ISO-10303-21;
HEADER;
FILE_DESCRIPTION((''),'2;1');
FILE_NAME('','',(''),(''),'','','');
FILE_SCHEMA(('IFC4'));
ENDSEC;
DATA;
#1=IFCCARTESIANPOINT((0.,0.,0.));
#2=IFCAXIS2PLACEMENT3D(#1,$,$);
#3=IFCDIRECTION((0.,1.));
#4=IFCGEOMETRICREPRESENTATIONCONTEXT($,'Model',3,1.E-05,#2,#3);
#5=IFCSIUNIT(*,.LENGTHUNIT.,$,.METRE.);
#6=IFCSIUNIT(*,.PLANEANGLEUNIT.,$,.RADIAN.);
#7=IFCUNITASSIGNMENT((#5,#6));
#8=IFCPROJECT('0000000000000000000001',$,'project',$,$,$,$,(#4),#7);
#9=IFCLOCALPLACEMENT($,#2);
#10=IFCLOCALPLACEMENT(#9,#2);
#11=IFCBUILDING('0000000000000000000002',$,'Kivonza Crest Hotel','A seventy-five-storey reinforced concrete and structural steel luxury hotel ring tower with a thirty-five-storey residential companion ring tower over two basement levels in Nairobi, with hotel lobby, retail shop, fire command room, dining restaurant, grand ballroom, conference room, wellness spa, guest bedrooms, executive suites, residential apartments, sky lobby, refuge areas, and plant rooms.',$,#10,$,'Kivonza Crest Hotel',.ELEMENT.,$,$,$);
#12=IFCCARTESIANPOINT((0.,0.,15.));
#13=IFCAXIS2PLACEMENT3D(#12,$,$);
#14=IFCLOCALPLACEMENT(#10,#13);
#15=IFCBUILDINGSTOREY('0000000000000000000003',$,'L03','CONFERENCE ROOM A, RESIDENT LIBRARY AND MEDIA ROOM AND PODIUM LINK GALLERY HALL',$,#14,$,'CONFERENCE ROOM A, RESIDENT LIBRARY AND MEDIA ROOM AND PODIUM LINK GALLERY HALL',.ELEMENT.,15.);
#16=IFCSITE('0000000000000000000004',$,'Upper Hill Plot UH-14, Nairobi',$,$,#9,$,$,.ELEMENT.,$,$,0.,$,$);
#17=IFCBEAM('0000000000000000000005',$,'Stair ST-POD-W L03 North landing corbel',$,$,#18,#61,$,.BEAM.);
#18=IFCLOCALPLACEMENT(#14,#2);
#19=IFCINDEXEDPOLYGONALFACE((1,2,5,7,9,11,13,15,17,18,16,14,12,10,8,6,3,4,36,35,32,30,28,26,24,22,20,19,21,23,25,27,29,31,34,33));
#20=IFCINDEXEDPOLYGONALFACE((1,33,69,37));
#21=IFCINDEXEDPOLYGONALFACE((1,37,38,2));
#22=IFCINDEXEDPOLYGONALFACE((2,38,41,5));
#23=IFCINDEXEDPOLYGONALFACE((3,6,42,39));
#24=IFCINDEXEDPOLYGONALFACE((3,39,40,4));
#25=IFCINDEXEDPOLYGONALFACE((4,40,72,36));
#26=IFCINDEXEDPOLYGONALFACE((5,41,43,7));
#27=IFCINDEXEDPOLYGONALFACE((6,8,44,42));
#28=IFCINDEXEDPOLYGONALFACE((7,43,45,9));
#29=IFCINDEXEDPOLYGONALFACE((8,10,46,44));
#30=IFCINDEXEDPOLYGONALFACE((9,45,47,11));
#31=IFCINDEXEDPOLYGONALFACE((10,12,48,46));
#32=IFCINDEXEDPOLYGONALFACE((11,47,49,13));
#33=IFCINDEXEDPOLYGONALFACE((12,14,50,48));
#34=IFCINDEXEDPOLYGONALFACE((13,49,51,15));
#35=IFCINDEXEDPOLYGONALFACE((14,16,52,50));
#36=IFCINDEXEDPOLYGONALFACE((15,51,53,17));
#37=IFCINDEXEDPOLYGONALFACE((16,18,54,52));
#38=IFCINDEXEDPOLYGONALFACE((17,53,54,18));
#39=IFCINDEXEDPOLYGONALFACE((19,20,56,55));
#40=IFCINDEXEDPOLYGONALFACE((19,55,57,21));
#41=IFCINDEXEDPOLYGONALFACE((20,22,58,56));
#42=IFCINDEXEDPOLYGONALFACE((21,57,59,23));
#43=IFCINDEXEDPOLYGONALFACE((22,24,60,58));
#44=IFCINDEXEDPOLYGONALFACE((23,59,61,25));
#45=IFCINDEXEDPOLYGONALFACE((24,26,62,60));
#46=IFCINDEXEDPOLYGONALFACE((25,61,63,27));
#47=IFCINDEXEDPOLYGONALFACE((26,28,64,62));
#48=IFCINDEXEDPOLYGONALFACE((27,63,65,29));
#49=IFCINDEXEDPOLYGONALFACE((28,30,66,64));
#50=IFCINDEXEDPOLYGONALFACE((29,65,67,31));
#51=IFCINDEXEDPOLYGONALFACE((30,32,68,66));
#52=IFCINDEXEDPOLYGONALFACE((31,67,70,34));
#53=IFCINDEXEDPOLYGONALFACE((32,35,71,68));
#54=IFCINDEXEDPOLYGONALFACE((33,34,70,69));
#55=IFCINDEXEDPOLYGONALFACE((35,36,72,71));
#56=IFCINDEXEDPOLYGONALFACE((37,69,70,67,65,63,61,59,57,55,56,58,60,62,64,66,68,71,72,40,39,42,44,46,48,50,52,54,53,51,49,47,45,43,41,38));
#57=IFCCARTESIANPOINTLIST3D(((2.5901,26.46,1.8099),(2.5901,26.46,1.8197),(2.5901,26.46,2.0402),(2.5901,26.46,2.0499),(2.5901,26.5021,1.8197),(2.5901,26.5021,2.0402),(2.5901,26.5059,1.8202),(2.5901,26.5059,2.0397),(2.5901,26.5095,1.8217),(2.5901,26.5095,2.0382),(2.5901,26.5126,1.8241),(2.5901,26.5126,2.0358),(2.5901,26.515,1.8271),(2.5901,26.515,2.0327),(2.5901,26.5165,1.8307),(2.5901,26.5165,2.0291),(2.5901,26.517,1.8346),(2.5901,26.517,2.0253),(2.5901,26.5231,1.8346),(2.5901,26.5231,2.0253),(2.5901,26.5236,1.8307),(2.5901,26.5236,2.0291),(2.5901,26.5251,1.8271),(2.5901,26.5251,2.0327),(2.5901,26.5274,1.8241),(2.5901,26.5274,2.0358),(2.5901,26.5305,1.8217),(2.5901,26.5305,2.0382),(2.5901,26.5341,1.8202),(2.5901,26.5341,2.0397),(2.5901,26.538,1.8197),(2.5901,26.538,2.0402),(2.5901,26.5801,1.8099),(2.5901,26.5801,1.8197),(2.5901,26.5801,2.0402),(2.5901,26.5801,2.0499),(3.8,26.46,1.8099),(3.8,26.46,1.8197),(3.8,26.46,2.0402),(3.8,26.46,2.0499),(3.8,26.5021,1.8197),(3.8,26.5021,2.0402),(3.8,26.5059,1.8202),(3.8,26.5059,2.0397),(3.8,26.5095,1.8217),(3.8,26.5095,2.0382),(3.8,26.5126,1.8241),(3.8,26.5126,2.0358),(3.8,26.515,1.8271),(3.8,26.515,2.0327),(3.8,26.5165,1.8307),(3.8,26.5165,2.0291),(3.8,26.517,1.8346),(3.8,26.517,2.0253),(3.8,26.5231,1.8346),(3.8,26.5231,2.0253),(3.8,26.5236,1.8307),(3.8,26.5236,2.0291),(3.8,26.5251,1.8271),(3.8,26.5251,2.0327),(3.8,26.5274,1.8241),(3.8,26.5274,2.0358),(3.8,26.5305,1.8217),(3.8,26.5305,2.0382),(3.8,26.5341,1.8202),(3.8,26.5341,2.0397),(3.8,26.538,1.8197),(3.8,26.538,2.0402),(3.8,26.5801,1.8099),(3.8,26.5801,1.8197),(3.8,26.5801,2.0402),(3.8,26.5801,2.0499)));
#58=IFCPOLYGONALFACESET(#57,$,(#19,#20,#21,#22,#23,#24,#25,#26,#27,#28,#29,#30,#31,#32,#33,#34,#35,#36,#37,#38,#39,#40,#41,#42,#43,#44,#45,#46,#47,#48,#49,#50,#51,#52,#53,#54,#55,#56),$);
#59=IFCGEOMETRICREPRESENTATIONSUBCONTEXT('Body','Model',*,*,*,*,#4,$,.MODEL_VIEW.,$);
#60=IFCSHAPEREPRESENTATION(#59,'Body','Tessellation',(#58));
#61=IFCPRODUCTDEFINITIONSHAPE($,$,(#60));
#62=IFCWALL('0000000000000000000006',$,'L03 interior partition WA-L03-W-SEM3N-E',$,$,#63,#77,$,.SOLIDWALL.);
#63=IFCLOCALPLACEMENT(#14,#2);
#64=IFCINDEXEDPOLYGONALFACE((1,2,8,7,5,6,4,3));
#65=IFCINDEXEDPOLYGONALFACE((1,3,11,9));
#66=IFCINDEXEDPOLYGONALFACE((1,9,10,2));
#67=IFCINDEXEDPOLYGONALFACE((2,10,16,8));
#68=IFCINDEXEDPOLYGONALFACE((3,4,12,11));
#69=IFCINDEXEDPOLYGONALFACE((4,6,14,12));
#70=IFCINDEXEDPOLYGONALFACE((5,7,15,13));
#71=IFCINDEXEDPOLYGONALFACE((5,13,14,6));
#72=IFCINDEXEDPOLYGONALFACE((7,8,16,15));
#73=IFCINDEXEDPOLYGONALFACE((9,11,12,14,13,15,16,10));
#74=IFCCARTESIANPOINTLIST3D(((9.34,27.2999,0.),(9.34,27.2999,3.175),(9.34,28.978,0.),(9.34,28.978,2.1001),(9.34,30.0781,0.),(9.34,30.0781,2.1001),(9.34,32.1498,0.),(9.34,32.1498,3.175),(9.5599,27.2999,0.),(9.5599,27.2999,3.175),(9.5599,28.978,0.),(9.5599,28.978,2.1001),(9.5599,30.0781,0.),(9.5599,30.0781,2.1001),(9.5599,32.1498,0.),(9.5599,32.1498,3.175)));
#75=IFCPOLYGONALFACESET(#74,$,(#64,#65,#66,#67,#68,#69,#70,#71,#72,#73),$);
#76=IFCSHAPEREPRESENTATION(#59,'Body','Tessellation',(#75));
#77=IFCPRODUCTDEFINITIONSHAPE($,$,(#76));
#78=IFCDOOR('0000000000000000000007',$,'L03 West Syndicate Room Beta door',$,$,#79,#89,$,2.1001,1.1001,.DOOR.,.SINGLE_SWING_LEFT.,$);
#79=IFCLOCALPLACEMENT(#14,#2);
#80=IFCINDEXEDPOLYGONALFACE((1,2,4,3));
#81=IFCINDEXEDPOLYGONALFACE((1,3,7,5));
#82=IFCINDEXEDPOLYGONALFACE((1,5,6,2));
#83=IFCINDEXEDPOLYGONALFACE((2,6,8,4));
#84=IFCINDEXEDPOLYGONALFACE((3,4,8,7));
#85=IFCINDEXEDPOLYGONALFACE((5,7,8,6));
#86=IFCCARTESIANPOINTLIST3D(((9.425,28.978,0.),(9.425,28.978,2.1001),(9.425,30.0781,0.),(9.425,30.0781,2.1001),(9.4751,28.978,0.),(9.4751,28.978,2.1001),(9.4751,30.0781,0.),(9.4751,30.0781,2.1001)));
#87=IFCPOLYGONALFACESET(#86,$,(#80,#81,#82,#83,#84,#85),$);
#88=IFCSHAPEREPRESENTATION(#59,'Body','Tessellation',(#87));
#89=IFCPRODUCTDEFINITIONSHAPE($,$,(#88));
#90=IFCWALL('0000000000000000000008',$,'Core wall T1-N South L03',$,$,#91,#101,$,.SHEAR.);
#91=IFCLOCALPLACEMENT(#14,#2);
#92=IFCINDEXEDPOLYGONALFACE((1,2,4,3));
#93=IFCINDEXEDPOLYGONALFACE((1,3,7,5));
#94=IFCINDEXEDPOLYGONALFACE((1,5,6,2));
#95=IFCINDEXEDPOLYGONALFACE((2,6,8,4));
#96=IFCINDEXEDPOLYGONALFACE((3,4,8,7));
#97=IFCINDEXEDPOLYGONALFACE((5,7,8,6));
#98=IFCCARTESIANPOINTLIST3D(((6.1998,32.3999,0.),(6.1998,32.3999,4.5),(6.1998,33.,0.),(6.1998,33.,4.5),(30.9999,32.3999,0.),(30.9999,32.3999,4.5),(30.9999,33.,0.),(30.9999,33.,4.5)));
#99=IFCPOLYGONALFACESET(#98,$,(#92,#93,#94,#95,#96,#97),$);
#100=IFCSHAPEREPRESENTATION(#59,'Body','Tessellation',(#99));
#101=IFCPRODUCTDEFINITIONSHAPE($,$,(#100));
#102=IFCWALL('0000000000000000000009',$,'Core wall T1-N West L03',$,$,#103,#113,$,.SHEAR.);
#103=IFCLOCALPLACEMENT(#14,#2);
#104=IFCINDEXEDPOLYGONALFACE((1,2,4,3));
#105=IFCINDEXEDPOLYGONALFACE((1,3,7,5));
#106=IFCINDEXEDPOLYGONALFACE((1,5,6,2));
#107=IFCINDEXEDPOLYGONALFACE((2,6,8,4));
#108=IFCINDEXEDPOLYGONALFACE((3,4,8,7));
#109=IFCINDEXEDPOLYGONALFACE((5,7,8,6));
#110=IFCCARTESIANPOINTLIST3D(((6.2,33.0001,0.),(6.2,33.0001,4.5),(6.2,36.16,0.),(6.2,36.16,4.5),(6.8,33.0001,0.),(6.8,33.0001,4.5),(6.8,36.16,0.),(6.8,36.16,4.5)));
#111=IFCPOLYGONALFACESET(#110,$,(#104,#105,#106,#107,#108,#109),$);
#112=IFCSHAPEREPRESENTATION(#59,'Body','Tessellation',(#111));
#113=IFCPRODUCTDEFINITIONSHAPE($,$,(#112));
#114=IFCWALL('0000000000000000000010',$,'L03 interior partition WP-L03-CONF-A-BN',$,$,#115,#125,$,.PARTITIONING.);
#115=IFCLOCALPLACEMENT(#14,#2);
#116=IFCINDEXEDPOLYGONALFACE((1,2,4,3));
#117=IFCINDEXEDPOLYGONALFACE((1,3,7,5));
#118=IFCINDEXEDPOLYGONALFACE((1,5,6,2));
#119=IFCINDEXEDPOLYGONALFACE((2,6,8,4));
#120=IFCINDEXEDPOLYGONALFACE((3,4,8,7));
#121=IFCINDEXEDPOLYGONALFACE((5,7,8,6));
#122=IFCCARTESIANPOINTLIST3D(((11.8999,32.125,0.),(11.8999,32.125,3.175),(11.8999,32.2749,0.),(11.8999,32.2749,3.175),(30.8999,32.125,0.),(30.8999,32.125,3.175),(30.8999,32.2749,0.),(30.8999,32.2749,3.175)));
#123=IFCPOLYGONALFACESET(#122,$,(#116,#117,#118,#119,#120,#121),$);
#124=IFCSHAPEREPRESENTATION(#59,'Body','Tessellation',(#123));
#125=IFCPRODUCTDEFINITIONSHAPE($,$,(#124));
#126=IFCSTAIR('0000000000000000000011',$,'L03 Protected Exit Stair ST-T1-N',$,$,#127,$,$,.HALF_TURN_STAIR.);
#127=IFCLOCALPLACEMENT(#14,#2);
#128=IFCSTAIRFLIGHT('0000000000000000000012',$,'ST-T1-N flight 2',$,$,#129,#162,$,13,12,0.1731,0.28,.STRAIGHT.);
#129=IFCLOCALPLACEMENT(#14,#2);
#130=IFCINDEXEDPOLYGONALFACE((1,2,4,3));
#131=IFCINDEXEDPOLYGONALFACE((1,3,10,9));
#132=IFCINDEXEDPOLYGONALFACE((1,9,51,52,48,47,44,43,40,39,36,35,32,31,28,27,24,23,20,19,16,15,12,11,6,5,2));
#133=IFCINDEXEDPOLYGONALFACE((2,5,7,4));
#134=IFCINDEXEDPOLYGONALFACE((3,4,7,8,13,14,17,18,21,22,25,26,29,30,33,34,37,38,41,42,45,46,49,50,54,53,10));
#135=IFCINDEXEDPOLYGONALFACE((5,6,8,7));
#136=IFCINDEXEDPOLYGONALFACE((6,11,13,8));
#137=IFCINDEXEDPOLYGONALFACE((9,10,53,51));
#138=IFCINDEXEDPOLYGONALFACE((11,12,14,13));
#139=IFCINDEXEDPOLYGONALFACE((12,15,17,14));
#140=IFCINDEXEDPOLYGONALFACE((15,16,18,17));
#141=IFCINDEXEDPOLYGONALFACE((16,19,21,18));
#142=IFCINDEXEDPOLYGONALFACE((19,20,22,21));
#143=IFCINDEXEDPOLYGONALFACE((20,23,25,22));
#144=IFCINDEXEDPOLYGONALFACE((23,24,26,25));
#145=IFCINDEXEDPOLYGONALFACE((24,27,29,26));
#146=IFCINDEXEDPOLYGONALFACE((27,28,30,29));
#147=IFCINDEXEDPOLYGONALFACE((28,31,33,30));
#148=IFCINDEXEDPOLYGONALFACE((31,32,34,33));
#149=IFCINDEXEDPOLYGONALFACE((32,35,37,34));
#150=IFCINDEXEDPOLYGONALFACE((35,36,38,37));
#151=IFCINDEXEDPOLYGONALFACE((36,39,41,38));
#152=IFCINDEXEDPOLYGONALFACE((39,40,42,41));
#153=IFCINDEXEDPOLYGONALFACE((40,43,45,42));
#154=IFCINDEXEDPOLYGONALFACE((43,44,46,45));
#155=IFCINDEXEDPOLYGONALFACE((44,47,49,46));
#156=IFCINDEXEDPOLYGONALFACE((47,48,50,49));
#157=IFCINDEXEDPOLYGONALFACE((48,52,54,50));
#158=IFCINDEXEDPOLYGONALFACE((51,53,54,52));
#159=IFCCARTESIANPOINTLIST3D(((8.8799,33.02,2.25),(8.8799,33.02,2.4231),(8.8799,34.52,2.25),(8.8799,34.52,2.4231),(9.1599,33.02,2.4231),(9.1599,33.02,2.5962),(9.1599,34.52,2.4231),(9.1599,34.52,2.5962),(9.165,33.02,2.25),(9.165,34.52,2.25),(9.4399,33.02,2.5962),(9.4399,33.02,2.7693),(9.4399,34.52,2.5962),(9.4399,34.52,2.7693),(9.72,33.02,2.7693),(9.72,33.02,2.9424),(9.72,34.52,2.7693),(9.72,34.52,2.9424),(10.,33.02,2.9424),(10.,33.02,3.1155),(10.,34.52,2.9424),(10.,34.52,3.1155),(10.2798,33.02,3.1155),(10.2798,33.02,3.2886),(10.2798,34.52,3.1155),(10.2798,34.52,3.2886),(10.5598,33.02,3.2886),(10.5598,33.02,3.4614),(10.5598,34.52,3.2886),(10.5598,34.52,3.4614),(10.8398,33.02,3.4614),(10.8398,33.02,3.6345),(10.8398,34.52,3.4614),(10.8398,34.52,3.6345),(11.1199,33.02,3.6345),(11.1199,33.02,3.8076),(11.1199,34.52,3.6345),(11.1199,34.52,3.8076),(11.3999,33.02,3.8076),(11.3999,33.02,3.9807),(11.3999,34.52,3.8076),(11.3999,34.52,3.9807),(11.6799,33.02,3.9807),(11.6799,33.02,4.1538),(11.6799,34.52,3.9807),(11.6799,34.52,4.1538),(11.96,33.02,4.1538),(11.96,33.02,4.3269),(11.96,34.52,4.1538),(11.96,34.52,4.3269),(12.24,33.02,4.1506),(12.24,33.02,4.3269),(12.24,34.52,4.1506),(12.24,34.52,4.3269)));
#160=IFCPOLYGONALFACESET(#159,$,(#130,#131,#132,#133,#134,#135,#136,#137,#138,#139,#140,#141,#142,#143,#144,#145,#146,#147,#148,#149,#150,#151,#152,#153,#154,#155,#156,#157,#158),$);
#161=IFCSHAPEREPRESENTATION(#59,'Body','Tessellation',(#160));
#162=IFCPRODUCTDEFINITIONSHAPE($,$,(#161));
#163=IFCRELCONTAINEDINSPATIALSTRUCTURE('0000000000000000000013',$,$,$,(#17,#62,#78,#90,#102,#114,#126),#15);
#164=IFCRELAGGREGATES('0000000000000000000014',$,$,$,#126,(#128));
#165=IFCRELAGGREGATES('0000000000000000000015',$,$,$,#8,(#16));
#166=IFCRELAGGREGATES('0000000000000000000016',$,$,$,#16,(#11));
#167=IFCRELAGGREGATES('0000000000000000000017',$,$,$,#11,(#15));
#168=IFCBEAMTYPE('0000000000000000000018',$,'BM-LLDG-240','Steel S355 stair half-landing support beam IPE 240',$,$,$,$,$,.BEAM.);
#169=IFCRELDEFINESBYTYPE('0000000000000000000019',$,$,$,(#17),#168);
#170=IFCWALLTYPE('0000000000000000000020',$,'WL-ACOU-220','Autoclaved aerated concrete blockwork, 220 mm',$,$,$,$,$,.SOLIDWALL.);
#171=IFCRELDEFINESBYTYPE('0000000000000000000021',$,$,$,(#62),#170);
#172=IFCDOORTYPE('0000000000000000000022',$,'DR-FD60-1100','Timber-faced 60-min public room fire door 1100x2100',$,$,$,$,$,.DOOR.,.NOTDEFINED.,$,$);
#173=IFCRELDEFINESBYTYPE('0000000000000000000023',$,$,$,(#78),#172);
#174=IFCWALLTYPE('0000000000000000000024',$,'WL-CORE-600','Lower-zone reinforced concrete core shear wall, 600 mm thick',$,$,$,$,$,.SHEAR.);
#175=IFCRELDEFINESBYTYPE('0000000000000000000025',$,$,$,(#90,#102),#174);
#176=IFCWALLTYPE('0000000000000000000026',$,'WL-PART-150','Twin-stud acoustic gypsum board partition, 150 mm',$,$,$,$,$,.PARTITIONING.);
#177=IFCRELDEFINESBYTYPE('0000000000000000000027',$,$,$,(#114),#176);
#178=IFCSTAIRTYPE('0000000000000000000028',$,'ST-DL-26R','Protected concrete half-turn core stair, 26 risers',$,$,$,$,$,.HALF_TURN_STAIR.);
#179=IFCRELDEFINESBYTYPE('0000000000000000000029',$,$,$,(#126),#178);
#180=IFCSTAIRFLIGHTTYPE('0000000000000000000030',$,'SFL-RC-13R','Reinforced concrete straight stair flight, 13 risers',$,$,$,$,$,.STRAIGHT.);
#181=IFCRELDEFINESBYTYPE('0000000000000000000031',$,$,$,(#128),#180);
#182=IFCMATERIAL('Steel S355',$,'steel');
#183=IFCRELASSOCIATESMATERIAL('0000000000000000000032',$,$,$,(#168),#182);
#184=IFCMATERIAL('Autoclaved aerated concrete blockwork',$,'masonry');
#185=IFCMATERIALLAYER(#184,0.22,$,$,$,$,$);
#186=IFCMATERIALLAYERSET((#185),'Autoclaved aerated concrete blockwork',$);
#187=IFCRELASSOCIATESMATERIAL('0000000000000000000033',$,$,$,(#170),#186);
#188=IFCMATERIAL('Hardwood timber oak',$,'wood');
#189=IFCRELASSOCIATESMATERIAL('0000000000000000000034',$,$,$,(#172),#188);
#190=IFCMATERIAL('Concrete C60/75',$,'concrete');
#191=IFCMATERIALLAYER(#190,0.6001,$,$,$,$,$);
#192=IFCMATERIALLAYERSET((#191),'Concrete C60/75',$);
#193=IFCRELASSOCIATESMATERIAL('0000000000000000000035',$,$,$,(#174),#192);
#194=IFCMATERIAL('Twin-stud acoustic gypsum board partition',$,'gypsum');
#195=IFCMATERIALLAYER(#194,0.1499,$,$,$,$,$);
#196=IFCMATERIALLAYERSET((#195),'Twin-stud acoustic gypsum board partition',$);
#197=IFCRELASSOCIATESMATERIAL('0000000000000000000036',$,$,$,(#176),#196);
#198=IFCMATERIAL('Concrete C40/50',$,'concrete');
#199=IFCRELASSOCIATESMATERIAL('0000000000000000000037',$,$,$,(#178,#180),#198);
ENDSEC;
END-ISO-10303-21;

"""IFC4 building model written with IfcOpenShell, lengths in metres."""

from ifc_helpers import new_model, si_unit, direction, frame, frame_2d, origin, origin_2d, place, context, subcontext, project, spatial, polyline, rectangle, i_section, outline, extrude, material, layer, layer_set, material_profile, profile_set, type_object, element, fill, aggregate, save


model = new_model("IFC4")

# Units and contexts
model_context = context("Model", 3, precision=1e-05, world=origin(), true_north=direction((0.0, 1.0)))
body_context = subcontext(model_context, "Body", "Model", "MODEL_VIEW")
ifc_project = project(units=[si_unit("LENGTHUNIT", "METRE"), si_unit("PLANEANGLEUNIT", "RADIAN")], contexts=[model_context])

# Site, building, storey
site_placement = place(None, origin())
site = spatial("IfcSite", under=ifc_project, at=site_placement, Name="Upper Hill Plot UH-14, Nairobi", CompositionType="ELEMENT", RefElevation=0.0)
building_placement = place(site_placement, origin())
building = spatial("IfcBuilding", under=site, at=building_placement, Name="Kivonza Crest Hotel", Description="A seventy-five-storey reinforced concrete and structural steel luxury hotel ring tower with a thirty-five-storey residential companion ring tower over two basement levels in Nairobi, with hotel lobby, retail shop, fire command room, dining restaurant, grand ballroom, conference room, wellness spa, guest bedrooms, executive suites, residential apartments, sky lobby, refuge areas, and plant rooms.", LongName="Kivonza Crest Hotel", CompositionType="ELEMENT")
storey_placement = place(building_placement, frame((0.0, 0.0, 15.0)))
storey = spatial("IfcBuildingStorey", under=building, at=storey_placement, Name="L03", Description="CONFERENCE ROOM A, RESIDENT LIBRARY AND MEDIA ROOM AND PODIUM LINK GALLERY HALL", LongName="CONFERENCE ROOM A, RESIDENT LIBRARY AND MEDIA ROOM AND PODIUM LINK GALLERY HALL", CompositionType="ELEMENT", Elevation=15.0)

# Shared definitions
ifc_material_1 = material(Name="Concrete C60/75", Category="concrete")

# Beam
ifc_material_2 = material(Name="Steel S355", Category="steel")
ifc_material_profile_1 = material_profile(ifc_material_2, i_section(OverallWidth=0.1201, OverallDepth=0.24, WebThickness=0.0061, FlangeThickness=0.0098, FilletRadius=0.0149, at=origin_2d()), Name="IPE 240")
ifc_profile_set_1 = profile_set([ifc_material_profile_1], Name="Steel S355")
beam_type_1 = type_object("IfcBeamType", Name="BM-LLDG-240", Description="Steel S355 stair half-landing support beam IPE 240", PredefinedType="BEAM", material=ifc_profile_set_1)
for number, where, z_axis, x_axis, name in (
    (1, (2.5901, 26.52, 1.9299), (1.0, 0.0, 0.0), (0.0, 1.0, 0.0), "Stair ST-POD-W L03 North landing corbel"),
):
    element("IfcBeam", number, at=place(storey_placement, frame(where, z_axis=z_axis, x_axis=x_axis)), inside=storey, type_object=beam_type_1, Name=name, PredefinedType="BEAM", context=body_context, shape_type="SweptSolid", body=[
        extrude(i_section(OverallWidth=0.1201, OverallDepth=0.24, WebThickness=0.0061, FlangeThickness=0.0098, FilletRadius=0.0149, at=origin_2d()), origin(), (0.0, 0.0, 1.0), 1.21),
    ])

# Wall, opening, door
ifc_material_3 = material(Name="Autoclaved aerated concrete blockwork", Category="masonry")
ifc_layer_1 = layer(ifc_material_3, 0.22)
ifc_layer_set_1 = layer_set([ifc_layer_1], Name="Autoclaved aerated concrete blockwork")
wall_type_1 = type_object("IfcWallType", Name="WL-ACOU-220", Description="Autoclaved aerated concrete blockwork, 220 mm", PredefinedType="SOLIDWALL", material=ifc_layer_set_1)
wall_1_placement = place(storey_placement, frame((9.45, 27.3, 0.0), z_axis=(0.0, 0.0, 1.0), x_axis=(0.0, 1.0, 0.0)))
wall_1 = element("IfcWall", 2, at=wall_1_placement, inside=storey, type_object=wall_type_1, Name="L03 interior partition WA-L03-W-SEM3N-E", PredefinedType="SOLIDWALL", context=body_context, shape_type="SweptSolid", body=[
    extrude(rectangle(XDim=4.8499, YDim=0.22, at=frame_2d((2.4248, 0.0))), origin(), (0.0, 0.0, 1.0), 3.175),
])
opening_placement = place(wall_1_placement, frame((1.678, 0.0, 0.0)))
opening = element("IfcOpeningElement", 3, at=opening_placement, cuts=wall_1, PredefinedType="OPENING", context=body_context, shape_type="SweptSolid", body=[
    extrude(rectangle(XDim=1.1001, YDim=2.1001, at=frame_2d((0.55, 1.05))), frame((0.0, 0.1201, 0.0), z_axis=(0.0, -1.0, 0.0), x_axis=(1.0, 0.0, 0.0)), (0.0, 0.0, 1.0), 0.24),
])
ifc_material_4 = material(Name="Hardwood timber oak", Category="wood")
door_type = type_object("IfcDoorType", Name="DR-FD60-1100", Description="Timber-faced 60-min public room fire door 1100x2100", OperationType="NOTDEFINED", PredefinedType="DOOR", material=ifc_material_4)
door_placement = place(opening_placement, origin())
door = element("IfcDoor", 4, at=door_placement, inside=storey, type_object=door_type, Name="L03 West Syndicate Room Beta door", OperationType="SINGLE_SWING_LEFT", OverallHeight=2.1001, OverallWidth=1.1001, PredefinedType="DOOR", context=body_context, shape_type="SweptSolid", body=[
    extrude(rectangle(XDim=1.1001, YDim=2.1001, at=frame_2d((0.55, 1.05))), frame((0.0, 0.0249, 0.0), z_axis=(0.0, -1.0, 0.0), x_axis=(1.0, 0.0, 0.0)), (0.0, 0.0, 1.0), 0.05),
])
fill(opening, door)

# Walls
ifc_layer_2 = layer(ifc_material_1, 0.6001)
ifc_layer_set_2 = layer_set([ifc_layer_2], Name="Concrete C60/75")
wall_type_2 = type_object("IfcWallType", Name="WL-CORE-600", Description="Lower-zone reinforced concrete core shear wall, 600 mm thick", PredefinedType="SHEAR", material=ifc_layer_set_2)
wall_2_placement = place(storey_placement, frame((6.2, 32.7, 0.0), z_axis=(0.0, 0.0, 1.0), x_axis=(1.0, 0.0, 0.0)))
element("IfcWall", 5, at=wall_2_placement, inside=storey, type_object=wall_type_2, Name="Core wall T1-N South L03", PredefinedType="SHEAR", context=body_context, shape_type="SweptSolid", body=[
    extrude(rectangle(XDim=24.8, YDim=0.6001, at=frame_2d((12.3999, 0.0))), origin(), (0.0, 0.0, 1.0), 4.5),
])
wall_3_placement = place(storey_placement, frame((6.5, 33.0, 0.0), z_axis=(0.0, 0.0, 1.0), x_axis=(0.0, 1.0, 0.0)))
element("IfcWall", 6, at=wall_3_placement, inside=storey, type_object=wall_type_2, Name="Core wall T1-N West L03", PredefinedType="SHEAR", context=body_context, shape_type="SweptSolid", body=[
    extrude(rectangle(XDim=3.1599, YDim=0.6001, at=frame_2d((1.5801, 0.0))), origin(), (0.0, 0.0, 1.0), 4.5),
])
ifc_material_5 = material(Name="Twin-stud acoustic gypsum board partition", Category="gypsum")
ifc_layer_3 = layer(ifc_material_5, 0.1499)
ifc_layer_set_3 = layer_set([ifc_layer_3], Name="Twin-stud acoustic gypsum board partition")
wall_type_3 = type_object("IfcWallType", Name="WL-PART-150", Description="Twin-stud acoustic gypsum board partition, 150 mm", PredefinedType="PARTITIONING", material=ifc_layer_set_3)
wall_4_placement = place(storey_placement, frame((11.8999, 32.2, 0.0), z_axis=(0.0, 0.0, 1.0), x_axis=(1.0, 0.0, 0.0)))
element("IfcWall", 7, at=wall_4_placement, inside=storey, type_object=wall_type_3, Name="L03 interior partition WP-L03-CONF-A-BN", PredefinedType="PARTITIONING", context=body_context, shape_type="SweptSolid", body=[
    extrude(rectangle(XDim=19.0, YDim=0.1499, at=frame_2d((9.5, 0.0))), origin(), (0.0, 0.0, 1.0), 3.175),
])

# Stair, stair flight
ifc_material_6 = material(Name="Concrete C40/50", Category="concrete")
stair_type = type_object("IfcStairType", Name="ST-DL-26R", Description="Protected concrete half-turn core stair, 26 risers", PredefinedType="HALF_TURN_STAIR", material=ifc_material_6)
stair_1_placement = place(storey_placement, origin())
stair_1 = element("IfcStair", 8, at=stair_1_placement, inside=storey, type_object=stair_type, Name="L03 Protected Exit Stair ST-T1-N", PredefinedType="HALF_TURN_STAIR")
stair_flight_type = type_object("IfcStairFlightType", Name="SFL-RC-13R", Description="Reinforced concrete straight stair flight, 13 risers", PredefinedType="STRAIGHT", material=ifc_material_6)
stair_flight_1_placement = place(storey_placement, frame((8.8799, 33.77, 2.25), z_axis=(0.0, 0.0, 1.0), x_axis=(1.0, 0.0, 0.0)))
stair_flight_1 = element("IfcStairFlight", 9, at=stair_flight_1_placement, type_object=stair_flight_type, Name="ST-T1-N flight 2", NumberOfRisers=13, NumberOfTreads=12, PredefinedType="STRAIGHT", RiserHeight=0.1731, TreadLength=0.28, context=body_context, shape_type="SweptSolid", body=[
    extrude(outline(polyline([(0.0, 0.0), (0.0, 0.1731), (0.28, 0.1731), (0.28, 0.3462), (0.5601, 0.3462), (0.5601, 0.5193), (0.8401, 0.5193), (0.8401, 0.6924), (1.1201, 0.6924), (1.1201, 0.8655), (1.3999, 0.8655), (1.3999, 1.0386), (1.6799, 1.0386), (1.6799, 1.2114), (1.96, 1.2114), (1.96, 1.3845), (2.24, 1.3845), (2.24, 1.5576), (2.52, 1.5576), (2.52, 1.7307), (2.8, 1.7307), (2.8, 1.9038), (3.0801, 1.9038), (3.0801, 2.0769), (3.3601, 2.0769), (3.3601, 2.25), (3.3601, 1.9006), (0.2852, 0.0), (0.0, 0.0)])), frame((0.0, 0.75, 0.0), z_axis=(0.0, -1.0, 0.0), x_axis=(1.0, 0.0, 0.0)), (0.0, 0.0, 1.0), 1.5),
])
aggregate(stair_1, [stair_flight_1])

save(model, "model.ifc")
